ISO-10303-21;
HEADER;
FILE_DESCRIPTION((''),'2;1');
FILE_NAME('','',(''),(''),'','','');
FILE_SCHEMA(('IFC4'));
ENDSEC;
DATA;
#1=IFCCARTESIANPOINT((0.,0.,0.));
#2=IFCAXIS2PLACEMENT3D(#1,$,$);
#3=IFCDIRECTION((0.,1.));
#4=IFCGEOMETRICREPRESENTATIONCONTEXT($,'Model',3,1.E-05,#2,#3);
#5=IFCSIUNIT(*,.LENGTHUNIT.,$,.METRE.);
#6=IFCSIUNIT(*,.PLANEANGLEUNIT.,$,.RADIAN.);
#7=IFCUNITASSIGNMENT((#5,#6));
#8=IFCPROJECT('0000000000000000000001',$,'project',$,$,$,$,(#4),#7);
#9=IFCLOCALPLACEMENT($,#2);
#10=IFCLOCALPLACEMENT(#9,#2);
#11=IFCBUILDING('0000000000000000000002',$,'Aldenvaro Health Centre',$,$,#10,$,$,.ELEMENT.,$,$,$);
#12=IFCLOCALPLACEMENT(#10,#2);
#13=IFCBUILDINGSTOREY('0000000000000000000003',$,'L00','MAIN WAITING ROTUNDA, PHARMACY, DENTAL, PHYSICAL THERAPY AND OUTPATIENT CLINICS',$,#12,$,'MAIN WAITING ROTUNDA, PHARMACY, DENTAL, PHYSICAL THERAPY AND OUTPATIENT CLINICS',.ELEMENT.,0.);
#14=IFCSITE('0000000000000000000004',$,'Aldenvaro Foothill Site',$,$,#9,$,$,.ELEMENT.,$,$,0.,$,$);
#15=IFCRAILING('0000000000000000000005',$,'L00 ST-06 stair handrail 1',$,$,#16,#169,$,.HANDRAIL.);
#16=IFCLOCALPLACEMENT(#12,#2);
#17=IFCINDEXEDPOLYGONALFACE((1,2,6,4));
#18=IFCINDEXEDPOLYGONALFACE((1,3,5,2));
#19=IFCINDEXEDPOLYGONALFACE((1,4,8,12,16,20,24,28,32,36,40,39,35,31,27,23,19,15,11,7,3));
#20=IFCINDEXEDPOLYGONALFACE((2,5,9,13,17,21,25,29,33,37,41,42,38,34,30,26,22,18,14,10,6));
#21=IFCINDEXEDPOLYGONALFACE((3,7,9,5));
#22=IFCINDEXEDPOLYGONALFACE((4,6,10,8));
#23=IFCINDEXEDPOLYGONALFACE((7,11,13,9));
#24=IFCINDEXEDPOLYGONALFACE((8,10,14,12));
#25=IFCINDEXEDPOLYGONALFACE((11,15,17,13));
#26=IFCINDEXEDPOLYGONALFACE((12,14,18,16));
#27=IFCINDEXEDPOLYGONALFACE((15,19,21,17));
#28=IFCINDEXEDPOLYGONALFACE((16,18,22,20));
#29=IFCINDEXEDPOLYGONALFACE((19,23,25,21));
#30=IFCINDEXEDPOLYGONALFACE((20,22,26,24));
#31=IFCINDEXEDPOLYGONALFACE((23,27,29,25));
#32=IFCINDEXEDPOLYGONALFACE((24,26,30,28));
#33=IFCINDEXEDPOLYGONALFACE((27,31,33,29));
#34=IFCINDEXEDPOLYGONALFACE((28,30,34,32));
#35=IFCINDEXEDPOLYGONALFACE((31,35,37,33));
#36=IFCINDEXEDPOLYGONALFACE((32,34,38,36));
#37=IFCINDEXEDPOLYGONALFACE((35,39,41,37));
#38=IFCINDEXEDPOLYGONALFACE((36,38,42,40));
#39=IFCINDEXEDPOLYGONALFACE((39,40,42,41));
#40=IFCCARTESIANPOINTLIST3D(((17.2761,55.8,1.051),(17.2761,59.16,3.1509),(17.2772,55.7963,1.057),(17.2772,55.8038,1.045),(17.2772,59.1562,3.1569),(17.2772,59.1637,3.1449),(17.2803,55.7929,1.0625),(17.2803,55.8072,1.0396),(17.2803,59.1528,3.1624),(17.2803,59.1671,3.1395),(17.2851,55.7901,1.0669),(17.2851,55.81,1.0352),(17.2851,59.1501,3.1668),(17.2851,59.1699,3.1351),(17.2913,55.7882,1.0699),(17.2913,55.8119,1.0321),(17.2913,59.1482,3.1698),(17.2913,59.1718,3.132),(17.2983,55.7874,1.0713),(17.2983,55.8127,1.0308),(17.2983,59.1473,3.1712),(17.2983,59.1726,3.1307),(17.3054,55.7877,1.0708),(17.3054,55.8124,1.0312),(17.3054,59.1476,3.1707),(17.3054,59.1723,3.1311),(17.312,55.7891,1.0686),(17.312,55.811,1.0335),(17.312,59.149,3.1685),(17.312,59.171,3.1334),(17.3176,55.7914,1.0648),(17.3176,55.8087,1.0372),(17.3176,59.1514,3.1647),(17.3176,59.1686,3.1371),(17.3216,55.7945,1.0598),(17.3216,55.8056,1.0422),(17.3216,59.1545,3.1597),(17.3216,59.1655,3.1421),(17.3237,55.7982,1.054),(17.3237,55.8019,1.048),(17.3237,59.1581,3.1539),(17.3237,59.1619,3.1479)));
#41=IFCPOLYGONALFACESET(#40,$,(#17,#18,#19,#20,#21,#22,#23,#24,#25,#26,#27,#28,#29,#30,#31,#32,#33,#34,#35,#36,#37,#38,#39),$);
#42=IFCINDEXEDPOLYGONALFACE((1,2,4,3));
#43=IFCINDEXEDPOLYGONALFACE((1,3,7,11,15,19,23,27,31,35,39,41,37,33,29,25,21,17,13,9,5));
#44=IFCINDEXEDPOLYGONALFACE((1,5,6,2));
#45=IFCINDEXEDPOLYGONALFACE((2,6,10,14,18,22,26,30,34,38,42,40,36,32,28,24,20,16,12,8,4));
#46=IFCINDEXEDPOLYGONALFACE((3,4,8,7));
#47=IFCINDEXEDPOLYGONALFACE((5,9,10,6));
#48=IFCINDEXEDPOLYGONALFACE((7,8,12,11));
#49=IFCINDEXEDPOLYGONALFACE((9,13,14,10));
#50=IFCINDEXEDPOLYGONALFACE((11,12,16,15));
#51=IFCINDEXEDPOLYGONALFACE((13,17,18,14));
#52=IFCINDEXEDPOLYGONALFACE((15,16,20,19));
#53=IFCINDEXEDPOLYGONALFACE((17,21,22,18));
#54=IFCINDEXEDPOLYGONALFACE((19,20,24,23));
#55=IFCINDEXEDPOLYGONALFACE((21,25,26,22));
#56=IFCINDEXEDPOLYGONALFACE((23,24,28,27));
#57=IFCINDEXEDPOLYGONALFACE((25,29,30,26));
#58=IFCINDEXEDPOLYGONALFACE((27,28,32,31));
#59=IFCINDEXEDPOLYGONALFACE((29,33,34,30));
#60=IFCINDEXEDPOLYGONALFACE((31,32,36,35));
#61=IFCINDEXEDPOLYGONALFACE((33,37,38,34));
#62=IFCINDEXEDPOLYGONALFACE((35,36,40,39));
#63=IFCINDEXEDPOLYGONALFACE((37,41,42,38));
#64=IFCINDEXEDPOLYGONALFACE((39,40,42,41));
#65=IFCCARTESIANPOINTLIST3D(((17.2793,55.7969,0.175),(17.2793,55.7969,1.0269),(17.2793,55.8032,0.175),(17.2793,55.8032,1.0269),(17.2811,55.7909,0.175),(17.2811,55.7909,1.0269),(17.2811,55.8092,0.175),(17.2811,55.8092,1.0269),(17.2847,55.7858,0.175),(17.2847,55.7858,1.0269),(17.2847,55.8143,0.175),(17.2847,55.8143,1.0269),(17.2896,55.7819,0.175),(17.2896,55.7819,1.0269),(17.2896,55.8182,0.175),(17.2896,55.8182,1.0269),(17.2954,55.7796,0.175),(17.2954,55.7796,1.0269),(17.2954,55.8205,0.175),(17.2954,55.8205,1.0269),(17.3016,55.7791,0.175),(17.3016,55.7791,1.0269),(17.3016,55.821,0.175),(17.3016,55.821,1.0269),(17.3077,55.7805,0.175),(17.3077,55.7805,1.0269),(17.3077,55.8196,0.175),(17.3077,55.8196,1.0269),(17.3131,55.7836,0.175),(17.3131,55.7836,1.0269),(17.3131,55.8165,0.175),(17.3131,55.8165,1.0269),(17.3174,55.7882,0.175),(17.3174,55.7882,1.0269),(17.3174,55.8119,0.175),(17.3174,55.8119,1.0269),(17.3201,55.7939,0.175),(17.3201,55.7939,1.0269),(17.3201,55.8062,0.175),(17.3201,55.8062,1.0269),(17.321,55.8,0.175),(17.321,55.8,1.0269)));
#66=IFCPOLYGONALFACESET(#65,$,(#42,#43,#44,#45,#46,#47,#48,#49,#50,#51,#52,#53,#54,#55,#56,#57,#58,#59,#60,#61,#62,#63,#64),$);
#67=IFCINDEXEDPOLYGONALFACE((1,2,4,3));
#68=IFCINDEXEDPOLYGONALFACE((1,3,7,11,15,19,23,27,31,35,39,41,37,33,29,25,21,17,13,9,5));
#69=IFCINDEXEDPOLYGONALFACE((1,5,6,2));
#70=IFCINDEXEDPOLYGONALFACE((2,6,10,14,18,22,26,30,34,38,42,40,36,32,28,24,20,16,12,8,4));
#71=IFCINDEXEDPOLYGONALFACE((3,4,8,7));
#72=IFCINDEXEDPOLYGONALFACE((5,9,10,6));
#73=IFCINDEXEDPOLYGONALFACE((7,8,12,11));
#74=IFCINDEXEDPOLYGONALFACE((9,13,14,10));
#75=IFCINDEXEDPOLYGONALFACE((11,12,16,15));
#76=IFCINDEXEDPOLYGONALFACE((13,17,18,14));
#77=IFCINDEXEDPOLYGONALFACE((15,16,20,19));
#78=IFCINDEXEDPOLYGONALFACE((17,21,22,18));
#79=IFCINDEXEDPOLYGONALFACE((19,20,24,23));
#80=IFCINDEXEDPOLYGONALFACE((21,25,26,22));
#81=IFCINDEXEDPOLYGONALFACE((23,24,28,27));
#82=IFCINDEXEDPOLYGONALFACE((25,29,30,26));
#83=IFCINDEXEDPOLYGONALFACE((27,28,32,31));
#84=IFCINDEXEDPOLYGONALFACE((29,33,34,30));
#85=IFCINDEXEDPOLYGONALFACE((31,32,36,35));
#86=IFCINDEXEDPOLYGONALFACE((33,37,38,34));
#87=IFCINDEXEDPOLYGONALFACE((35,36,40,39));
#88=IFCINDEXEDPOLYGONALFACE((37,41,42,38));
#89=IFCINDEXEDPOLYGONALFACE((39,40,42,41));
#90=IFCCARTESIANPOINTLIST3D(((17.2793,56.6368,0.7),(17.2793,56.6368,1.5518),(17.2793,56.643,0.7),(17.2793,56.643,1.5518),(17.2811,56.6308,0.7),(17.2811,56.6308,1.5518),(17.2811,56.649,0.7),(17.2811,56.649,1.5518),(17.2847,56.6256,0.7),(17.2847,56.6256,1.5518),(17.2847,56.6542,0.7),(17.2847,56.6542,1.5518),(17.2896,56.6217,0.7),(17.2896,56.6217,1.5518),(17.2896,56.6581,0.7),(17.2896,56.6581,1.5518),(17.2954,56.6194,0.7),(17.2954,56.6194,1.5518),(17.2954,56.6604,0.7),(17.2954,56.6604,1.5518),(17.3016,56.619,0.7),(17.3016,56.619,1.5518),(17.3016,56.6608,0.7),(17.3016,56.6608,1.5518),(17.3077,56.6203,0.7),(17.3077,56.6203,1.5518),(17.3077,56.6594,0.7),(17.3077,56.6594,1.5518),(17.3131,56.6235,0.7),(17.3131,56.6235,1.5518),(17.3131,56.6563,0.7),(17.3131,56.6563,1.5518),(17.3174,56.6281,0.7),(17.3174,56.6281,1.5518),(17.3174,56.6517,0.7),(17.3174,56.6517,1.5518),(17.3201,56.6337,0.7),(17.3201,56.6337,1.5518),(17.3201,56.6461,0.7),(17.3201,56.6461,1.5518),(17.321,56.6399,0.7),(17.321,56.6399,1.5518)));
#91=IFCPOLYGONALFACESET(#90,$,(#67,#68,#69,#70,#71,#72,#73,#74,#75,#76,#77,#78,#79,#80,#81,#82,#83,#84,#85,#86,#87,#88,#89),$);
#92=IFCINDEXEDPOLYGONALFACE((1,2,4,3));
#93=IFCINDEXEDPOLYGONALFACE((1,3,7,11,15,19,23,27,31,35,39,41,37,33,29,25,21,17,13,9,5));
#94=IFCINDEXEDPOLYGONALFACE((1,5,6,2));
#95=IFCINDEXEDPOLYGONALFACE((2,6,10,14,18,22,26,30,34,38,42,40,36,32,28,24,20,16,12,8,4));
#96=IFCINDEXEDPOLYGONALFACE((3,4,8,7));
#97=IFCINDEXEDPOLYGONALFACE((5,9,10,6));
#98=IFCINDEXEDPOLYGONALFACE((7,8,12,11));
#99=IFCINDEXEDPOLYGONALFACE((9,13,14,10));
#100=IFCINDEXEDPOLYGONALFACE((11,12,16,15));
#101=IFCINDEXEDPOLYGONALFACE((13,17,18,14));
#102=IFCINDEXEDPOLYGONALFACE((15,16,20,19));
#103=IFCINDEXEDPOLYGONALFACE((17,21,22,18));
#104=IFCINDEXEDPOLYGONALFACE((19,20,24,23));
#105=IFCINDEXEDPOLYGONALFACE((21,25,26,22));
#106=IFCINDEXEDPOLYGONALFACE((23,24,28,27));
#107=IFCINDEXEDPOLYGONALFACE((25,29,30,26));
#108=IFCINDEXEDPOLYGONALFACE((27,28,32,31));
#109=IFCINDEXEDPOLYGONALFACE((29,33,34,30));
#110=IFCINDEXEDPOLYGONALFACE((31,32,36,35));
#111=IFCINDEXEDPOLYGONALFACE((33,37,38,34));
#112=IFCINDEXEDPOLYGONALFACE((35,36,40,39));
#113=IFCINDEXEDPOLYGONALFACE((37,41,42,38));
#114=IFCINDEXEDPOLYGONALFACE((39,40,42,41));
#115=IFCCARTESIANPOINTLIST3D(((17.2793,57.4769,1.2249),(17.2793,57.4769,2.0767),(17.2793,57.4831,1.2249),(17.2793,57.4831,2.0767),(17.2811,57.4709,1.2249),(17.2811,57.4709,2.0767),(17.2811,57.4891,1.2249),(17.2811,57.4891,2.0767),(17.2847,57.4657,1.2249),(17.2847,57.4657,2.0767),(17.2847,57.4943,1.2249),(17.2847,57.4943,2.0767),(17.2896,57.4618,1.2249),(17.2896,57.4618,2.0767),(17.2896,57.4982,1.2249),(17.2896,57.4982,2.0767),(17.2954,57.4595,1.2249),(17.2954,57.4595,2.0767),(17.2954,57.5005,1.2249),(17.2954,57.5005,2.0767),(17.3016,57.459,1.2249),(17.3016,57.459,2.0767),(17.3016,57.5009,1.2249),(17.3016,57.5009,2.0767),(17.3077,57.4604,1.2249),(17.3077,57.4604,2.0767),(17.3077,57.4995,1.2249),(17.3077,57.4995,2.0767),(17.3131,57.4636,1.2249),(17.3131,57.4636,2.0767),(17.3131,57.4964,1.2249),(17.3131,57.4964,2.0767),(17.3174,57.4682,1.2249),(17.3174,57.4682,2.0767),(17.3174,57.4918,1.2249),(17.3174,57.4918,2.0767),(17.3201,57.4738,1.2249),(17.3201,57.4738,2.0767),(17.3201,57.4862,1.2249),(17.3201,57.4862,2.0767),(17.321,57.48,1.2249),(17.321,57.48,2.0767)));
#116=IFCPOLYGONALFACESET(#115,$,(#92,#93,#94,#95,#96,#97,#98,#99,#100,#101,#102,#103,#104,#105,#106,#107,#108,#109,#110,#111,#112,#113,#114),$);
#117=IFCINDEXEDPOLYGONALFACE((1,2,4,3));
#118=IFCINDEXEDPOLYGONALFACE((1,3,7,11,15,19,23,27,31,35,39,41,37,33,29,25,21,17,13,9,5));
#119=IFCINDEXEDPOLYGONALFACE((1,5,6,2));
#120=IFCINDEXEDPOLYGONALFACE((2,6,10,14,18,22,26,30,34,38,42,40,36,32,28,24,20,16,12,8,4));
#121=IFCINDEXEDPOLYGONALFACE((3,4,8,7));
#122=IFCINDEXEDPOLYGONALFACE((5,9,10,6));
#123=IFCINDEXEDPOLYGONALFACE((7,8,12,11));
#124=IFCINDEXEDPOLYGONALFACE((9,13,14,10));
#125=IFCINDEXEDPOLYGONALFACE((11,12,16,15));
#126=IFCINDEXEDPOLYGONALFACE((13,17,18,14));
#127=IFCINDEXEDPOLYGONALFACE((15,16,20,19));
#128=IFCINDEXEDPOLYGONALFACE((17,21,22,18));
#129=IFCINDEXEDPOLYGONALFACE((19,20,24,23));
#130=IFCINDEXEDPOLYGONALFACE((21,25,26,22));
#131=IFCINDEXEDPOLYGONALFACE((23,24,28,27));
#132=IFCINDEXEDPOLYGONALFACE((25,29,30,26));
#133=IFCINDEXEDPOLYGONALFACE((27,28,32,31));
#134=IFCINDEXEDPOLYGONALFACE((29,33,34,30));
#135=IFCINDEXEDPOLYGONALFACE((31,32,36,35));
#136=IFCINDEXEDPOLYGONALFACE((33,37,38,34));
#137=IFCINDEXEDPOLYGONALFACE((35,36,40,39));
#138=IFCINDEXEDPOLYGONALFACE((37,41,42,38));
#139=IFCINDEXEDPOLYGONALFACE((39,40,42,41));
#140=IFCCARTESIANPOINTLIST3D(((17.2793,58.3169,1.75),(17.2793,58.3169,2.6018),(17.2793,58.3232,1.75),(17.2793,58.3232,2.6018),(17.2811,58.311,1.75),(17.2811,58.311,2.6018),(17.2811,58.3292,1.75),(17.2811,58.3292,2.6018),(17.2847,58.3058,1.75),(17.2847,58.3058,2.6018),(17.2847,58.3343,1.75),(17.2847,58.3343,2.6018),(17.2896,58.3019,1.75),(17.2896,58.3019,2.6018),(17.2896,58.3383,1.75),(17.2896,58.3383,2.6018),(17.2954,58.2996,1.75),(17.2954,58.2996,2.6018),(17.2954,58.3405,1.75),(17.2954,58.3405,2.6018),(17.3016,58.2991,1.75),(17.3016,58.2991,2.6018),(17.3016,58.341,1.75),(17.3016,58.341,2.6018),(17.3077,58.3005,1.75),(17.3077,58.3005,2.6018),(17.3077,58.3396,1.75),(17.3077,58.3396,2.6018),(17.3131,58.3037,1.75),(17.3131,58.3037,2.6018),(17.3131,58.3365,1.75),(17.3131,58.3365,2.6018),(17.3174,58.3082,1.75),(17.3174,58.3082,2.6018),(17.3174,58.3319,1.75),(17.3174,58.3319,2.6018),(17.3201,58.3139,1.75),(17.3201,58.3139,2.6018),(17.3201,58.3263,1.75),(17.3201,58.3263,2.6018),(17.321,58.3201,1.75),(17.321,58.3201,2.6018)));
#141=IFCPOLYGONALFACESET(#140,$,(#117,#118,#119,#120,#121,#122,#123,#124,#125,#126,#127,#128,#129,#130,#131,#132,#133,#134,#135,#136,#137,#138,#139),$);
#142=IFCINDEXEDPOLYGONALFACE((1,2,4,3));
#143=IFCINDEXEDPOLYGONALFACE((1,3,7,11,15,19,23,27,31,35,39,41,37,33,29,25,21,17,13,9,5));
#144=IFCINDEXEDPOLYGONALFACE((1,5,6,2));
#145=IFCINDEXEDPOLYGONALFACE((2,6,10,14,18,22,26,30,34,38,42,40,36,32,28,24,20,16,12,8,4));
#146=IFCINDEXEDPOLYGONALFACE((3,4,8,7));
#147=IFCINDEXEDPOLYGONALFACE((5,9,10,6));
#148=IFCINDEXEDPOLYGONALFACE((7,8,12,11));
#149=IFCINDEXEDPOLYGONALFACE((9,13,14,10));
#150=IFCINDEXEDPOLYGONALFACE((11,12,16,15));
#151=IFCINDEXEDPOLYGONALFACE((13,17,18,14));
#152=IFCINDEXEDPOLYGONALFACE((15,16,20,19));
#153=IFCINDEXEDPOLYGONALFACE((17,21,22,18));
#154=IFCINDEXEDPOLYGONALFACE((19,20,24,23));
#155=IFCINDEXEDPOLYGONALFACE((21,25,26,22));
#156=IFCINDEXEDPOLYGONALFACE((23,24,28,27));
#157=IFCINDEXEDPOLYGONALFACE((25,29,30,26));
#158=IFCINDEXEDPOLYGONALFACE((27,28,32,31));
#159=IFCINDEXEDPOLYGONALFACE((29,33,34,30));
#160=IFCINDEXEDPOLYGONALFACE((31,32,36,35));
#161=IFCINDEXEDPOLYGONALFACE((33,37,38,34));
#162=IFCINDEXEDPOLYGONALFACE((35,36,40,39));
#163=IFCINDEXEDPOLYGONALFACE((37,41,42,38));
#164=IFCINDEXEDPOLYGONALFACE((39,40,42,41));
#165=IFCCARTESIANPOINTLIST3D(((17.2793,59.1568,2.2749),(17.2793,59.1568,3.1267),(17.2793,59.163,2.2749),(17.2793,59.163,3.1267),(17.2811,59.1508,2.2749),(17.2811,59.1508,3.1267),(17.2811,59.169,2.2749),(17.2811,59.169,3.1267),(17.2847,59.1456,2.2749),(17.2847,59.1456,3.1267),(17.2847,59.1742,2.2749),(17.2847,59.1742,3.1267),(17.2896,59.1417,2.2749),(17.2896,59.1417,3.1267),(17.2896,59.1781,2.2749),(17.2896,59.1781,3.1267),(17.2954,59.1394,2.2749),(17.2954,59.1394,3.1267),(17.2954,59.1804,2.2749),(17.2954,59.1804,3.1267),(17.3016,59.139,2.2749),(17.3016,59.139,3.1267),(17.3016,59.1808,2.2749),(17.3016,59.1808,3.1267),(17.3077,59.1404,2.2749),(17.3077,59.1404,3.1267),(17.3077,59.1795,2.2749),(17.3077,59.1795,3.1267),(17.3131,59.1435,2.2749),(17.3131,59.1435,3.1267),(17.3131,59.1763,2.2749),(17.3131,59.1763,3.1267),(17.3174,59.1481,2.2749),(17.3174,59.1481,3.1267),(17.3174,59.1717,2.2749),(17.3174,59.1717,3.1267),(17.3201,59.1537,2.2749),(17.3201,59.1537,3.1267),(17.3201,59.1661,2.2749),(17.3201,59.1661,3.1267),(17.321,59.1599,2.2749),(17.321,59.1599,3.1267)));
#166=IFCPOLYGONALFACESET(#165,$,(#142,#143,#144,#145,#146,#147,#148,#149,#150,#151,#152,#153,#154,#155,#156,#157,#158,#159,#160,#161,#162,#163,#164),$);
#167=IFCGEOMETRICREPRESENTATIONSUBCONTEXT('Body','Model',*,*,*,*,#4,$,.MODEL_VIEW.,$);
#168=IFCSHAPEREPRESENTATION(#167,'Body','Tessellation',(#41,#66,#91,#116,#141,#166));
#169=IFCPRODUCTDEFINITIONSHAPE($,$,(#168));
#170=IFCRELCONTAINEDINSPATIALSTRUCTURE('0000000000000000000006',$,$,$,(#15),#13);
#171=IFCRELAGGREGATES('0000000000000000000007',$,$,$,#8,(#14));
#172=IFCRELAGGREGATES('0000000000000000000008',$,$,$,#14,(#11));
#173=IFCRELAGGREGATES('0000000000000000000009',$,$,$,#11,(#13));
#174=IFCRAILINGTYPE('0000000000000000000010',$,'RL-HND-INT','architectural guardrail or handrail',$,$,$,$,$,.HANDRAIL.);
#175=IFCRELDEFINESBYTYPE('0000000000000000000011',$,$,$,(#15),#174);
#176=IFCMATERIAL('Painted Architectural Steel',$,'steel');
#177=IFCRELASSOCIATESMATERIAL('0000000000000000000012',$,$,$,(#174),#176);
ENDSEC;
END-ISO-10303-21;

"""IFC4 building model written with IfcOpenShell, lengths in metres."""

from ifc_helpers import new_model, si_unit, direction, frame, origin, origin_2d, place, context, subcontext, project, spatial, circle, extrude, material, type_object, element, save


model = new_model("IFC4")

# Units and contexts
model_context = context("Model", 3, precision=1e-05, world=origin(), true_north=direction((0.0, 1.0)))
body_context = subcontext(model_context, "Body", "Model", "MODEL_VIEW")
ifc_project = project(units=[si_unit("LENGTHUNIT", "METRE"), si_unit("PLANEANGLEUNIT", "RADIAN")], contexts=[model_context])

# Site, building, storey
site_placement = place(None, origin())
site = spatial("IfcSite", under=ifc_project, at=site_placement, Name="Aldenvaro Foothill Site", CompositionType="ELEMENT", RefElevation=0.0)
building_placement = place(site_placement, origin())
building = spatial("IfcBuilding", under=site, at=building_placement, Name="Aldenvaro Health Centre", CompositionType="ELEMENT")
storey_placement = place(building_placement, origin())
storey = spatial("IfcBuildingStorey", under=building, at=storey_placement, Name="L00", Description="MAIN WAITING ROTUNDA, PHARMACY, DENTAL, PHYSICAL THERAPY AND OUTPATIENT CLINICS", LongName="MAIN WAITING ROTUNDA, PHARMACY, DENTAL, PHYSICAL THERAPY AND OUTPATIENT CLINICS", CompositionType="ELEMENT", Elevation=0.0)

# Railing
ifc_material_1 = material(Name="Painted Architectural Steel", Category="steel")
railing_type_1 = type_object("IfcRailingType", Name="RL-HND-INT", Description="architectural guardrail or handrail", PredefinedType="HANDRAIL", material=ifc_material_1)
railing_1_placement = place(storey_placement, frame((17.3, 55.8, 0.175)))
element("IfcRailing", 1, at=railing_1_placement, inside=storey, type_object=railing_type_1, Name="L00 ST-06 stair handrail 1", PredefinedType="HANDRAIL", context=body_context, shape_type="SweptSolid", body=[
    extrude(circle(Radius=0.0239, at=origin_2d()), frame((0.0, 0.0, 0.876), z_axis=(0.0, 0.848005, 0.529988), x_axis=(-1.0, 0.0, 0.0)), (0.0, 0.0, 1.0), 3.9622),
    extrude(circle(Radius=0.021, at=origin_2d()), origin(), (0.0, 0.0, 1.0), 0.8518),
    extrude(circle(Radius=0.021, at=origin_2d()), frame((0.0, 0.8398, 0.5249)), (0.0, 0.0, 1.0), 0.8518),
    extrude(circle(Radius=0.021, at=origin_2d()), frame((0.0, 1.6799, 1.0498)), (0.0, 0.0, 1.0), 0.8518),
    extrude(circle(Radius=0.021, at=origin_2d()), frame((0.0, 2.52, 1.575)), (0.0, 0.0, 1.0), 0.8518),
    extrude(circle(Radius=0.021, at=origin_2d()), frame((0.0, 3.3599, 2.0999)), (0.0, 0.0, 1.0), 0.8518),
])

save(model, "model.ifc")
